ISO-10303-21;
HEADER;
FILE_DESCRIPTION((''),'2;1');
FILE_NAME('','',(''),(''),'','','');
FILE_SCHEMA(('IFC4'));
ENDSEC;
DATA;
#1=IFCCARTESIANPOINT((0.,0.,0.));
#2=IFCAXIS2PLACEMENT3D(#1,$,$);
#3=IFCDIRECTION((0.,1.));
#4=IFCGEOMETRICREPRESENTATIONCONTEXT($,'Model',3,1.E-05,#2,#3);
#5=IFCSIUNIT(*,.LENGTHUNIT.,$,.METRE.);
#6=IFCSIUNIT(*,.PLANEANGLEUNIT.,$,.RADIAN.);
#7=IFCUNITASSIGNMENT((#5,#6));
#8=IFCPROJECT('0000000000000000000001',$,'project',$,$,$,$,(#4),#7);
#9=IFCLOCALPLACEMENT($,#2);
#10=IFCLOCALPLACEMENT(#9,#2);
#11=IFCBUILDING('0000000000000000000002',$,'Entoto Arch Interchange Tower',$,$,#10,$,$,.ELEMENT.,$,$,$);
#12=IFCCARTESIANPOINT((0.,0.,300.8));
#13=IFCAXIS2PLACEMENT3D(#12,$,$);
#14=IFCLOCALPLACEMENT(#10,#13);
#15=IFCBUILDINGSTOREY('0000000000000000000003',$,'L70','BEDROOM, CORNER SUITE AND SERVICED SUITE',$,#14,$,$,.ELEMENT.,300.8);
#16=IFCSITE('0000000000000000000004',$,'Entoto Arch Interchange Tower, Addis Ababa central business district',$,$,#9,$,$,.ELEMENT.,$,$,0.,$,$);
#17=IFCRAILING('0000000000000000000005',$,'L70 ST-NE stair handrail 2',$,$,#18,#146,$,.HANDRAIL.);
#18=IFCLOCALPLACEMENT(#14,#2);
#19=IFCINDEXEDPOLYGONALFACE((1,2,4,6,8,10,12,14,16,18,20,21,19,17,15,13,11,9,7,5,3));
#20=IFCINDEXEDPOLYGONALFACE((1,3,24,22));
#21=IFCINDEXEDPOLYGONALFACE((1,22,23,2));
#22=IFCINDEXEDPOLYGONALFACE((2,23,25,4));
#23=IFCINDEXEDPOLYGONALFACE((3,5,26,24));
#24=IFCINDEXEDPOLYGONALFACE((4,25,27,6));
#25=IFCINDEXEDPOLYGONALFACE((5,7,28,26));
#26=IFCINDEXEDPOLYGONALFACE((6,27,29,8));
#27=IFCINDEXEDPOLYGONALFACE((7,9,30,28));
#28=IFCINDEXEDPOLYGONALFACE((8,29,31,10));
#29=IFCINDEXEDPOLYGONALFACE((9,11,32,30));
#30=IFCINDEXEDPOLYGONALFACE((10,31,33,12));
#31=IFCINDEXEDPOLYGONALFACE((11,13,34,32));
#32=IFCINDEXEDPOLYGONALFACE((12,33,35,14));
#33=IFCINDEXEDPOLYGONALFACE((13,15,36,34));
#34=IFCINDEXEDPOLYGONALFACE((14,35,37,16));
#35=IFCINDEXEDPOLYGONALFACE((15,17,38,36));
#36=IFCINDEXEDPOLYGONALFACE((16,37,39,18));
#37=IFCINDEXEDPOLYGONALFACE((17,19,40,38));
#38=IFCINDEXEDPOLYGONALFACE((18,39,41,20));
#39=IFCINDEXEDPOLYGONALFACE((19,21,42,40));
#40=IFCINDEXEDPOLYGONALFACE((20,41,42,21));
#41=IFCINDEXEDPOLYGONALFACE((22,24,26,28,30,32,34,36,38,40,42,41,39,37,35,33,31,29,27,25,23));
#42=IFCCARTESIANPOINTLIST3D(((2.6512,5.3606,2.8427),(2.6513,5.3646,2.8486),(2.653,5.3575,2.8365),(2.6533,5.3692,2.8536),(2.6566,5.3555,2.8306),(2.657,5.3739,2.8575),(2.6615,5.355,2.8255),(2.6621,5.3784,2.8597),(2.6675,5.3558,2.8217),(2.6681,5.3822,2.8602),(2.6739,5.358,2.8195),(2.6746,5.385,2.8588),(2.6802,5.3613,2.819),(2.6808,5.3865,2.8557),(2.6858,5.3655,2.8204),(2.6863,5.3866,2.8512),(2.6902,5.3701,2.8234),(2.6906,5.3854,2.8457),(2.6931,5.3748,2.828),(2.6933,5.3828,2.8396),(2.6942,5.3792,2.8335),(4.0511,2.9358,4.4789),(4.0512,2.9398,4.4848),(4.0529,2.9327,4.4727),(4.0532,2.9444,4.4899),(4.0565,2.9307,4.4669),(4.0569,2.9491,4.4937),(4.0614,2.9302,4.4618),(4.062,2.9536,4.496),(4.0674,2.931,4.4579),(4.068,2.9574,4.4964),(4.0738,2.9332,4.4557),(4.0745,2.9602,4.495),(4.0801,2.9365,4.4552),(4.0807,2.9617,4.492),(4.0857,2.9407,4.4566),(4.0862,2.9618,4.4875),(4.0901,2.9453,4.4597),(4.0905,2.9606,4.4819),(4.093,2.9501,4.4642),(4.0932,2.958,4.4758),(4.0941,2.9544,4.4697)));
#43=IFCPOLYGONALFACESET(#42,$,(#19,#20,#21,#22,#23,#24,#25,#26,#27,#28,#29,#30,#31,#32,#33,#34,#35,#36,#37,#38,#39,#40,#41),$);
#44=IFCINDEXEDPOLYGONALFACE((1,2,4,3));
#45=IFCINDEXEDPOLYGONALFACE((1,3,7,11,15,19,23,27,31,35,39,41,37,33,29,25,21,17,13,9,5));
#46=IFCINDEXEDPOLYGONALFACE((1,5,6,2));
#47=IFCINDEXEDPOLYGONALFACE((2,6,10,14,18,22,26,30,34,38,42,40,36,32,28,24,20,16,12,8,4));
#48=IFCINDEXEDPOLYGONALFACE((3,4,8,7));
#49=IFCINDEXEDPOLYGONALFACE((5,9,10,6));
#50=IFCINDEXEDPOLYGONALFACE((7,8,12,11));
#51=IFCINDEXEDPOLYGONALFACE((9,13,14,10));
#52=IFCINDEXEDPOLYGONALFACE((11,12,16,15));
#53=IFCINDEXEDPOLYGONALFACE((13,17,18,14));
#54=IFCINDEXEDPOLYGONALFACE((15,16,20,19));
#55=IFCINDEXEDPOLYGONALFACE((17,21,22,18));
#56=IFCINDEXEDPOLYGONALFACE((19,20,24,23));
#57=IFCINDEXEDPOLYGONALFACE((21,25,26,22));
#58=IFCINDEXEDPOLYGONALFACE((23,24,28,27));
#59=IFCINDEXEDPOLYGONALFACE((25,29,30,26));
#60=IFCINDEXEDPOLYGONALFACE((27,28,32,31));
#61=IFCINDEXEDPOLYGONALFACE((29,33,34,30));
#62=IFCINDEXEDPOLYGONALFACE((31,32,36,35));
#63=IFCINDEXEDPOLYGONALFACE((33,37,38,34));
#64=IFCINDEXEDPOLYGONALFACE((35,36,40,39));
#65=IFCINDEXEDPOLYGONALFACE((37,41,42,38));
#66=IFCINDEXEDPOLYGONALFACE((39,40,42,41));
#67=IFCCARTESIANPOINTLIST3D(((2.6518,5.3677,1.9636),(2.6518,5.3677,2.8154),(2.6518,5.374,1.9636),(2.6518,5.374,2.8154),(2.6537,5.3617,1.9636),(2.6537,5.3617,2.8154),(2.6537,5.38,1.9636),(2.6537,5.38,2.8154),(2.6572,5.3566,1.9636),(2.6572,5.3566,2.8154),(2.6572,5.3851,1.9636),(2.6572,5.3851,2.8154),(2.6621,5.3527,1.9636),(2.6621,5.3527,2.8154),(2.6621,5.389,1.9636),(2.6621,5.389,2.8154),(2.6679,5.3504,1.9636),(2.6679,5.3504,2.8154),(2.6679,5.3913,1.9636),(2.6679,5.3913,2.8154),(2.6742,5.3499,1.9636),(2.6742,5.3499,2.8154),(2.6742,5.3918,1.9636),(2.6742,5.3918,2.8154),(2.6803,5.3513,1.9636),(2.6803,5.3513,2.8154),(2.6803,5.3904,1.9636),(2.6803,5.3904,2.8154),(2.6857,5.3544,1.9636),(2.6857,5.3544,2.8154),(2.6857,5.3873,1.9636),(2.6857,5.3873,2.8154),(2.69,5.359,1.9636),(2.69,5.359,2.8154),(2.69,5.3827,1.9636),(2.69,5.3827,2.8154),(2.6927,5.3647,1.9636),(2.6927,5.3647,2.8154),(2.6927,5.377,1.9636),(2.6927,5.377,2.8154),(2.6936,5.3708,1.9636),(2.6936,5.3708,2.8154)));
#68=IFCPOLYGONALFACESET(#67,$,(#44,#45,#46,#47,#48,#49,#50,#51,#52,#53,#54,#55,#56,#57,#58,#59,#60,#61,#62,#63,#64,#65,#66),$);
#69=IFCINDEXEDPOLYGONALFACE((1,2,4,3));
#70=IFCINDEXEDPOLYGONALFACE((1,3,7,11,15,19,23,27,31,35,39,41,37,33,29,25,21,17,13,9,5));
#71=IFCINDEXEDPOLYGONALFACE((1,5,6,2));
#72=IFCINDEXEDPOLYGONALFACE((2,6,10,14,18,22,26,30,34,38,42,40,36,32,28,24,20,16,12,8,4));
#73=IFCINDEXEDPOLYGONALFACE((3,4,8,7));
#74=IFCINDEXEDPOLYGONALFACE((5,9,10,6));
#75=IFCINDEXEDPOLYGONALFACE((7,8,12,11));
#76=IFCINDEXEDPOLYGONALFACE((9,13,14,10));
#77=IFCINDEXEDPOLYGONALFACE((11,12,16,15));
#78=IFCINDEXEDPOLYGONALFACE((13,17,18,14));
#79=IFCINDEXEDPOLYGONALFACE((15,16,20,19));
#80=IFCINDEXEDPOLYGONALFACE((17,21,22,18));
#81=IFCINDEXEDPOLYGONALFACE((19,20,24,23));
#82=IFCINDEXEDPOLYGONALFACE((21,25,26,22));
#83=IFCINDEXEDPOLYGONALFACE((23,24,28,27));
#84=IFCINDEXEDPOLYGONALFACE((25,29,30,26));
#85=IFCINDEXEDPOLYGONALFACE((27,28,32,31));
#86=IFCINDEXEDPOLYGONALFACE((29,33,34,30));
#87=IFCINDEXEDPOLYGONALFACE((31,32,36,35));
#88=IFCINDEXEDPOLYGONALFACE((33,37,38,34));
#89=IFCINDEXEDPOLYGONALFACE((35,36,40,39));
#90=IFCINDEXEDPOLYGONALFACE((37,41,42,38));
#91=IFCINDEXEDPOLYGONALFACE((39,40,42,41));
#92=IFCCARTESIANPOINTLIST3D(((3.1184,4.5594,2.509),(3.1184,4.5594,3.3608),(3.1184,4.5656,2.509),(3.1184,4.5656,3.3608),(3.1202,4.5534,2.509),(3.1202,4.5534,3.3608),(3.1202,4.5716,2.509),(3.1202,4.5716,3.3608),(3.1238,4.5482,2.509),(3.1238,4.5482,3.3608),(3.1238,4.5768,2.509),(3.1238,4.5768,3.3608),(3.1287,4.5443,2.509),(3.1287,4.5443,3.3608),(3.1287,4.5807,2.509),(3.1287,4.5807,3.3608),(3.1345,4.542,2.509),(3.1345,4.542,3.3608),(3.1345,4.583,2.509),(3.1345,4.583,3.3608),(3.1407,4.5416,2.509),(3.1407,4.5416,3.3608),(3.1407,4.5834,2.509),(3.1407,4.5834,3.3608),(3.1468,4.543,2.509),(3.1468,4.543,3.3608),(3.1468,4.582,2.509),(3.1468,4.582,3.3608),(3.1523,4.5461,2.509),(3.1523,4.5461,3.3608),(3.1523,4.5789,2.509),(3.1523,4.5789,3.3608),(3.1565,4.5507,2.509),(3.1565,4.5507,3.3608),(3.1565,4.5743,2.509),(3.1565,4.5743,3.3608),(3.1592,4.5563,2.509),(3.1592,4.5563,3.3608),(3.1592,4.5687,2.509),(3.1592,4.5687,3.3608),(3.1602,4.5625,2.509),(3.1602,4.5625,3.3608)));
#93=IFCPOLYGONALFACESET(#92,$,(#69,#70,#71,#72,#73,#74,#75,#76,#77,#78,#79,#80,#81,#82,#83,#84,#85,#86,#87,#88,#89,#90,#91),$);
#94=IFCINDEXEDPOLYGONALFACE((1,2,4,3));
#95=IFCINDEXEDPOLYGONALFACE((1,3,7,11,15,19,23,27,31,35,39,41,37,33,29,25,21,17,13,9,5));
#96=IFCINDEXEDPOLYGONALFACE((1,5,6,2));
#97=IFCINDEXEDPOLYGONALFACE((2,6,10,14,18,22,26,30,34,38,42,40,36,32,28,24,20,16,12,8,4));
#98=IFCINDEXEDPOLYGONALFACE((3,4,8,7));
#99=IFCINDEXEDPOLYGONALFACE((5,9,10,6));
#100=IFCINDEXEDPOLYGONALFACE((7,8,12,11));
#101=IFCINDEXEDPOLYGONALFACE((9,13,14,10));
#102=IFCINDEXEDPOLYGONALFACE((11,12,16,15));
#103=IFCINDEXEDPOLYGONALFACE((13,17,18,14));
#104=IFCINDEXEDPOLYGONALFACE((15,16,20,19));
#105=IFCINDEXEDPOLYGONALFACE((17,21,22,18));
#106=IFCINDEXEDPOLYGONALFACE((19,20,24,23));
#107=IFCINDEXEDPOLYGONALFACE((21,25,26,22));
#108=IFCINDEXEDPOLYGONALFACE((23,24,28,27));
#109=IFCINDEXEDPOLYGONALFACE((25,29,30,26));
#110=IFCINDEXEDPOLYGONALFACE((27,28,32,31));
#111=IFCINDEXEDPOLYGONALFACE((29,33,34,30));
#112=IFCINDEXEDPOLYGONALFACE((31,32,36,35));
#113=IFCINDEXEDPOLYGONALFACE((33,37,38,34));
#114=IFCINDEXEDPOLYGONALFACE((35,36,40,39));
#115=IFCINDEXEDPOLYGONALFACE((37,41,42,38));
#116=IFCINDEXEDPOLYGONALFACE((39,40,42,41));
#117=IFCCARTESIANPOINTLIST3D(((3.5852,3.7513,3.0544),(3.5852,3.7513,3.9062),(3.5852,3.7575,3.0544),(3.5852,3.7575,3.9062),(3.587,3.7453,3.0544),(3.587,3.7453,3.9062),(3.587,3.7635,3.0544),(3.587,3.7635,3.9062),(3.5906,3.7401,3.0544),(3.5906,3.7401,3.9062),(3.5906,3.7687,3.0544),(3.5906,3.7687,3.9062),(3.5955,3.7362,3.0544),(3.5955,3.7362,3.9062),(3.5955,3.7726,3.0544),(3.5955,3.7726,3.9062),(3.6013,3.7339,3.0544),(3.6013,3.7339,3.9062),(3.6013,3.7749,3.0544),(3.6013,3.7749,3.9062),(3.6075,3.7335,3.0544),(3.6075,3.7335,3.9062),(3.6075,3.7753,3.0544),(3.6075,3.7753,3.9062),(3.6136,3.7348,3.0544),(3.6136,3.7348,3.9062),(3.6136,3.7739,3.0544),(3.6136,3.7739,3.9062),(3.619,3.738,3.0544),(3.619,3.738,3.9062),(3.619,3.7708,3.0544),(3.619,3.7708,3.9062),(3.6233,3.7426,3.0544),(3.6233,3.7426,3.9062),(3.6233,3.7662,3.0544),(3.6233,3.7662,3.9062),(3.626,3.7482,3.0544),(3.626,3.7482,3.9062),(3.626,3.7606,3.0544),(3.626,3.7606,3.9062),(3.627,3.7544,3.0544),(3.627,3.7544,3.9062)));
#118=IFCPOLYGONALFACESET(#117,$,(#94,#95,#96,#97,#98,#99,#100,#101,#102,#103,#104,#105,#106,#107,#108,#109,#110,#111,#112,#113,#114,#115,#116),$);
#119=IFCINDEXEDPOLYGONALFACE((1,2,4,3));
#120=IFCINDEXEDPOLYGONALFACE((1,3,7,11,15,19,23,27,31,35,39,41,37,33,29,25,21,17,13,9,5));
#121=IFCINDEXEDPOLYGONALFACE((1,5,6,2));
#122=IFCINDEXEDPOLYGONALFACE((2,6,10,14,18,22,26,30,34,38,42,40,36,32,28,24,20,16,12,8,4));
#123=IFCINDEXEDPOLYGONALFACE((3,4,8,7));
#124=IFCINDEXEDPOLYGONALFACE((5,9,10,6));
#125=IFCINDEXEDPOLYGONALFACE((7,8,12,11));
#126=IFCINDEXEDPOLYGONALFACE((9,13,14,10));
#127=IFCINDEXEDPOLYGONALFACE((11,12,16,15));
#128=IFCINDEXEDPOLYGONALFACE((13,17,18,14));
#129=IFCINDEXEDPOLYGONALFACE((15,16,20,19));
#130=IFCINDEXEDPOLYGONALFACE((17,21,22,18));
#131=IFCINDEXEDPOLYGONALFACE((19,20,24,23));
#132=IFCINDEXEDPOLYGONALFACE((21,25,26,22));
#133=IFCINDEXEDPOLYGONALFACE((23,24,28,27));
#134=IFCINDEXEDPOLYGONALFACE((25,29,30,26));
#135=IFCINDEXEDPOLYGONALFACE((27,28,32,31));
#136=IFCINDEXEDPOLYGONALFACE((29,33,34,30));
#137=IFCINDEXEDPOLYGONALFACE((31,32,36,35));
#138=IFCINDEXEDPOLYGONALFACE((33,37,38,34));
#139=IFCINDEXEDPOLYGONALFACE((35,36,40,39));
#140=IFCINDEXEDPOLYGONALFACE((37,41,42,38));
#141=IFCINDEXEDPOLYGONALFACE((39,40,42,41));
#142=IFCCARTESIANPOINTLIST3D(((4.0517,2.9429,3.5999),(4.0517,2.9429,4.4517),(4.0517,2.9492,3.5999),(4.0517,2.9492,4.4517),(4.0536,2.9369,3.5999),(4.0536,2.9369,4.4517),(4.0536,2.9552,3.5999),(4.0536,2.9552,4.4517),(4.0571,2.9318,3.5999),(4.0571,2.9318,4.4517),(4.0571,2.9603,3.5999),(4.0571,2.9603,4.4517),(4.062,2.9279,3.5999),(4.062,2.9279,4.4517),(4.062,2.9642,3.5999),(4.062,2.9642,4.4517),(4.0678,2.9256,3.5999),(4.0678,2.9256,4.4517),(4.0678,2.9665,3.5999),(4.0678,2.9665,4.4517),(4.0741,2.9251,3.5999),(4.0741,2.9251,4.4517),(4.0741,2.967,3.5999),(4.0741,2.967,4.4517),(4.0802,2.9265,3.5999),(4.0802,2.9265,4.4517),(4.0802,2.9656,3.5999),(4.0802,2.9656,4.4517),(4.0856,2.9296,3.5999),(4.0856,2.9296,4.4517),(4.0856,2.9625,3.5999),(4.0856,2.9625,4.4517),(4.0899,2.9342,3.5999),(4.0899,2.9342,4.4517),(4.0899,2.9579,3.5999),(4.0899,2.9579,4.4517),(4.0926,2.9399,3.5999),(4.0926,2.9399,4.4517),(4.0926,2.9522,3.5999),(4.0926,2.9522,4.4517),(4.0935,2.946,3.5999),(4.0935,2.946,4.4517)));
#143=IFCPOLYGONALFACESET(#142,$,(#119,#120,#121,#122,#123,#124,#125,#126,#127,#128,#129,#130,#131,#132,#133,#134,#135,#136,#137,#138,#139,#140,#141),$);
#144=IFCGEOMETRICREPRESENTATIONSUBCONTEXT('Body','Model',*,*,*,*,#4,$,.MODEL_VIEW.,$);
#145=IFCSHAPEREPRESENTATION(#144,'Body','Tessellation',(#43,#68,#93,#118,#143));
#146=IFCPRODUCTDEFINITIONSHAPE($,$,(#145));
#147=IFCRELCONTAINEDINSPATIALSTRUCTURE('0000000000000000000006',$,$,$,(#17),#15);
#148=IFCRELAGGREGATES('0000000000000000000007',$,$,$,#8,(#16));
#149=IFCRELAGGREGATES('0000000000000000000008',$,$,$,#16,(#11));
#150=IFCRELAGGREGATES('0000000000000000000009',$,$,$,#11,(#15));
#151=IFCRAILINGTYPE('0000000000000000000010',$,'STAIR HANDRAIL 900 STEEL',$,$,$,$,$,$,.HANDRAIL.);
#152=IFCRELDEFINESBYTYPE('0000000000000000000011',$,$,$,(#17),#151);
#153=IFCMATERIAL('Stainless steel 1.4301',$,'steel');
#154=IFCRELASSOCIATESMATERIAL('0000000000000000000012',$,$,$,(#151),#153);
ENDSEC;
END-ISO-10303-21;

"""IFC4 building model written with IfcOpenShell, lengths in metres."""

from ifc_helpers import new_model, si_unit, direction, frame, origin, origin_2d, place, context, subcontext, project, spatial, circle, extrude, material, type_object, element, save


model = new_model("IFC4")

# Units and contexts
model_context = context("Model", 3, precision=1e-05, world=origin(), true_north=direction((0.0, 1.0)))
body_context = subcontext(model_context, "Body", "Model", "MODEL_VIEW")
ifc_project = project(units=[si_unit("LENGTHUNIT", "METRE"), si_unit("PLANEANGLEUNIT", "RADIAN")], contexts=[model_context])

# Site, building, storey
site_placement = place(None, origin())
site = spatial("IfcSite", under=ifc_project, at=site_placement, Name="Entoto Arch Interchange Tower, Addis Ababa central business district", CompositionType="ELEMENT", RefElevation=0.0)
building_placement = place(site_placement, origin())
building = spatial("IfcBuilding", under=site, at=building_placement, Name="Entoto Arch Interchange Tower", CompositionType="ELEMENT")
storey_placement = place(building_placement, frame((0.0, 0.0, 300.8)))
storey = spatial("IfcBuildingStorey", under=building, at=storey_placement, Name="L70", Description="BEDROOM, CORNER SUITE AND SERVICED SUITE", CompositionType="ELEMENT", Elevation=300.8)

# Railing
ifc_material_1 = material(Name="Stainless steel 1.4301", Category="steel")
railing_type_1 = type_object("IfcRailingType", Name="STAIR HANDRAIL 900 STEEL", PredefinedType="HANDRAIL", material=ifc_material_1)
railing_1_placement = place(storey_placement, frame((2.6726, 5.3708, 1.9636)))
element("IfcRailing", 1, at=railing_1_placement, inside=storey, type_object=railing_type_1, Name="L70 ST-NE stair handrail 2", PredefinedType="HANDRAIL", context=body_context, shape_type="SweptSolid", body=[
    extrude(circle(Radius=0.0239, at=origin_2d()), frame((0.0, 0.0, 0.876), z_axis=(0.431677, -0.747718, 0.504552), x_axis=(0.866035, 0.499984, 0.0)), (0.0, 0.0, 1.0), 3.2429),
    extrude(circle(Radius=0.021, at=origin_2d()), origin(), (0.0, 0.0, 1.0), 0.8518),
    extrude(circle(Radius=0.021, at=origin_2d()), frame((0.4666, -0.8083, 0.5454)), (0.0, 0.0, 1.0), 0.8518),
    extrude(circle(Radius=0.021, at=origin_2d()), frame((0.9333, -1.6165, 1.0908)), (0.0, 0.0, 1.0), 0.8518),
    extrude(circle(Radius=0.021, at=origin_2d()), frame((1.3999, -2.4248, 1.6362)), (0.0, 0.0, 1.0), 0.8518),
])

save(model, "model.ifc")
